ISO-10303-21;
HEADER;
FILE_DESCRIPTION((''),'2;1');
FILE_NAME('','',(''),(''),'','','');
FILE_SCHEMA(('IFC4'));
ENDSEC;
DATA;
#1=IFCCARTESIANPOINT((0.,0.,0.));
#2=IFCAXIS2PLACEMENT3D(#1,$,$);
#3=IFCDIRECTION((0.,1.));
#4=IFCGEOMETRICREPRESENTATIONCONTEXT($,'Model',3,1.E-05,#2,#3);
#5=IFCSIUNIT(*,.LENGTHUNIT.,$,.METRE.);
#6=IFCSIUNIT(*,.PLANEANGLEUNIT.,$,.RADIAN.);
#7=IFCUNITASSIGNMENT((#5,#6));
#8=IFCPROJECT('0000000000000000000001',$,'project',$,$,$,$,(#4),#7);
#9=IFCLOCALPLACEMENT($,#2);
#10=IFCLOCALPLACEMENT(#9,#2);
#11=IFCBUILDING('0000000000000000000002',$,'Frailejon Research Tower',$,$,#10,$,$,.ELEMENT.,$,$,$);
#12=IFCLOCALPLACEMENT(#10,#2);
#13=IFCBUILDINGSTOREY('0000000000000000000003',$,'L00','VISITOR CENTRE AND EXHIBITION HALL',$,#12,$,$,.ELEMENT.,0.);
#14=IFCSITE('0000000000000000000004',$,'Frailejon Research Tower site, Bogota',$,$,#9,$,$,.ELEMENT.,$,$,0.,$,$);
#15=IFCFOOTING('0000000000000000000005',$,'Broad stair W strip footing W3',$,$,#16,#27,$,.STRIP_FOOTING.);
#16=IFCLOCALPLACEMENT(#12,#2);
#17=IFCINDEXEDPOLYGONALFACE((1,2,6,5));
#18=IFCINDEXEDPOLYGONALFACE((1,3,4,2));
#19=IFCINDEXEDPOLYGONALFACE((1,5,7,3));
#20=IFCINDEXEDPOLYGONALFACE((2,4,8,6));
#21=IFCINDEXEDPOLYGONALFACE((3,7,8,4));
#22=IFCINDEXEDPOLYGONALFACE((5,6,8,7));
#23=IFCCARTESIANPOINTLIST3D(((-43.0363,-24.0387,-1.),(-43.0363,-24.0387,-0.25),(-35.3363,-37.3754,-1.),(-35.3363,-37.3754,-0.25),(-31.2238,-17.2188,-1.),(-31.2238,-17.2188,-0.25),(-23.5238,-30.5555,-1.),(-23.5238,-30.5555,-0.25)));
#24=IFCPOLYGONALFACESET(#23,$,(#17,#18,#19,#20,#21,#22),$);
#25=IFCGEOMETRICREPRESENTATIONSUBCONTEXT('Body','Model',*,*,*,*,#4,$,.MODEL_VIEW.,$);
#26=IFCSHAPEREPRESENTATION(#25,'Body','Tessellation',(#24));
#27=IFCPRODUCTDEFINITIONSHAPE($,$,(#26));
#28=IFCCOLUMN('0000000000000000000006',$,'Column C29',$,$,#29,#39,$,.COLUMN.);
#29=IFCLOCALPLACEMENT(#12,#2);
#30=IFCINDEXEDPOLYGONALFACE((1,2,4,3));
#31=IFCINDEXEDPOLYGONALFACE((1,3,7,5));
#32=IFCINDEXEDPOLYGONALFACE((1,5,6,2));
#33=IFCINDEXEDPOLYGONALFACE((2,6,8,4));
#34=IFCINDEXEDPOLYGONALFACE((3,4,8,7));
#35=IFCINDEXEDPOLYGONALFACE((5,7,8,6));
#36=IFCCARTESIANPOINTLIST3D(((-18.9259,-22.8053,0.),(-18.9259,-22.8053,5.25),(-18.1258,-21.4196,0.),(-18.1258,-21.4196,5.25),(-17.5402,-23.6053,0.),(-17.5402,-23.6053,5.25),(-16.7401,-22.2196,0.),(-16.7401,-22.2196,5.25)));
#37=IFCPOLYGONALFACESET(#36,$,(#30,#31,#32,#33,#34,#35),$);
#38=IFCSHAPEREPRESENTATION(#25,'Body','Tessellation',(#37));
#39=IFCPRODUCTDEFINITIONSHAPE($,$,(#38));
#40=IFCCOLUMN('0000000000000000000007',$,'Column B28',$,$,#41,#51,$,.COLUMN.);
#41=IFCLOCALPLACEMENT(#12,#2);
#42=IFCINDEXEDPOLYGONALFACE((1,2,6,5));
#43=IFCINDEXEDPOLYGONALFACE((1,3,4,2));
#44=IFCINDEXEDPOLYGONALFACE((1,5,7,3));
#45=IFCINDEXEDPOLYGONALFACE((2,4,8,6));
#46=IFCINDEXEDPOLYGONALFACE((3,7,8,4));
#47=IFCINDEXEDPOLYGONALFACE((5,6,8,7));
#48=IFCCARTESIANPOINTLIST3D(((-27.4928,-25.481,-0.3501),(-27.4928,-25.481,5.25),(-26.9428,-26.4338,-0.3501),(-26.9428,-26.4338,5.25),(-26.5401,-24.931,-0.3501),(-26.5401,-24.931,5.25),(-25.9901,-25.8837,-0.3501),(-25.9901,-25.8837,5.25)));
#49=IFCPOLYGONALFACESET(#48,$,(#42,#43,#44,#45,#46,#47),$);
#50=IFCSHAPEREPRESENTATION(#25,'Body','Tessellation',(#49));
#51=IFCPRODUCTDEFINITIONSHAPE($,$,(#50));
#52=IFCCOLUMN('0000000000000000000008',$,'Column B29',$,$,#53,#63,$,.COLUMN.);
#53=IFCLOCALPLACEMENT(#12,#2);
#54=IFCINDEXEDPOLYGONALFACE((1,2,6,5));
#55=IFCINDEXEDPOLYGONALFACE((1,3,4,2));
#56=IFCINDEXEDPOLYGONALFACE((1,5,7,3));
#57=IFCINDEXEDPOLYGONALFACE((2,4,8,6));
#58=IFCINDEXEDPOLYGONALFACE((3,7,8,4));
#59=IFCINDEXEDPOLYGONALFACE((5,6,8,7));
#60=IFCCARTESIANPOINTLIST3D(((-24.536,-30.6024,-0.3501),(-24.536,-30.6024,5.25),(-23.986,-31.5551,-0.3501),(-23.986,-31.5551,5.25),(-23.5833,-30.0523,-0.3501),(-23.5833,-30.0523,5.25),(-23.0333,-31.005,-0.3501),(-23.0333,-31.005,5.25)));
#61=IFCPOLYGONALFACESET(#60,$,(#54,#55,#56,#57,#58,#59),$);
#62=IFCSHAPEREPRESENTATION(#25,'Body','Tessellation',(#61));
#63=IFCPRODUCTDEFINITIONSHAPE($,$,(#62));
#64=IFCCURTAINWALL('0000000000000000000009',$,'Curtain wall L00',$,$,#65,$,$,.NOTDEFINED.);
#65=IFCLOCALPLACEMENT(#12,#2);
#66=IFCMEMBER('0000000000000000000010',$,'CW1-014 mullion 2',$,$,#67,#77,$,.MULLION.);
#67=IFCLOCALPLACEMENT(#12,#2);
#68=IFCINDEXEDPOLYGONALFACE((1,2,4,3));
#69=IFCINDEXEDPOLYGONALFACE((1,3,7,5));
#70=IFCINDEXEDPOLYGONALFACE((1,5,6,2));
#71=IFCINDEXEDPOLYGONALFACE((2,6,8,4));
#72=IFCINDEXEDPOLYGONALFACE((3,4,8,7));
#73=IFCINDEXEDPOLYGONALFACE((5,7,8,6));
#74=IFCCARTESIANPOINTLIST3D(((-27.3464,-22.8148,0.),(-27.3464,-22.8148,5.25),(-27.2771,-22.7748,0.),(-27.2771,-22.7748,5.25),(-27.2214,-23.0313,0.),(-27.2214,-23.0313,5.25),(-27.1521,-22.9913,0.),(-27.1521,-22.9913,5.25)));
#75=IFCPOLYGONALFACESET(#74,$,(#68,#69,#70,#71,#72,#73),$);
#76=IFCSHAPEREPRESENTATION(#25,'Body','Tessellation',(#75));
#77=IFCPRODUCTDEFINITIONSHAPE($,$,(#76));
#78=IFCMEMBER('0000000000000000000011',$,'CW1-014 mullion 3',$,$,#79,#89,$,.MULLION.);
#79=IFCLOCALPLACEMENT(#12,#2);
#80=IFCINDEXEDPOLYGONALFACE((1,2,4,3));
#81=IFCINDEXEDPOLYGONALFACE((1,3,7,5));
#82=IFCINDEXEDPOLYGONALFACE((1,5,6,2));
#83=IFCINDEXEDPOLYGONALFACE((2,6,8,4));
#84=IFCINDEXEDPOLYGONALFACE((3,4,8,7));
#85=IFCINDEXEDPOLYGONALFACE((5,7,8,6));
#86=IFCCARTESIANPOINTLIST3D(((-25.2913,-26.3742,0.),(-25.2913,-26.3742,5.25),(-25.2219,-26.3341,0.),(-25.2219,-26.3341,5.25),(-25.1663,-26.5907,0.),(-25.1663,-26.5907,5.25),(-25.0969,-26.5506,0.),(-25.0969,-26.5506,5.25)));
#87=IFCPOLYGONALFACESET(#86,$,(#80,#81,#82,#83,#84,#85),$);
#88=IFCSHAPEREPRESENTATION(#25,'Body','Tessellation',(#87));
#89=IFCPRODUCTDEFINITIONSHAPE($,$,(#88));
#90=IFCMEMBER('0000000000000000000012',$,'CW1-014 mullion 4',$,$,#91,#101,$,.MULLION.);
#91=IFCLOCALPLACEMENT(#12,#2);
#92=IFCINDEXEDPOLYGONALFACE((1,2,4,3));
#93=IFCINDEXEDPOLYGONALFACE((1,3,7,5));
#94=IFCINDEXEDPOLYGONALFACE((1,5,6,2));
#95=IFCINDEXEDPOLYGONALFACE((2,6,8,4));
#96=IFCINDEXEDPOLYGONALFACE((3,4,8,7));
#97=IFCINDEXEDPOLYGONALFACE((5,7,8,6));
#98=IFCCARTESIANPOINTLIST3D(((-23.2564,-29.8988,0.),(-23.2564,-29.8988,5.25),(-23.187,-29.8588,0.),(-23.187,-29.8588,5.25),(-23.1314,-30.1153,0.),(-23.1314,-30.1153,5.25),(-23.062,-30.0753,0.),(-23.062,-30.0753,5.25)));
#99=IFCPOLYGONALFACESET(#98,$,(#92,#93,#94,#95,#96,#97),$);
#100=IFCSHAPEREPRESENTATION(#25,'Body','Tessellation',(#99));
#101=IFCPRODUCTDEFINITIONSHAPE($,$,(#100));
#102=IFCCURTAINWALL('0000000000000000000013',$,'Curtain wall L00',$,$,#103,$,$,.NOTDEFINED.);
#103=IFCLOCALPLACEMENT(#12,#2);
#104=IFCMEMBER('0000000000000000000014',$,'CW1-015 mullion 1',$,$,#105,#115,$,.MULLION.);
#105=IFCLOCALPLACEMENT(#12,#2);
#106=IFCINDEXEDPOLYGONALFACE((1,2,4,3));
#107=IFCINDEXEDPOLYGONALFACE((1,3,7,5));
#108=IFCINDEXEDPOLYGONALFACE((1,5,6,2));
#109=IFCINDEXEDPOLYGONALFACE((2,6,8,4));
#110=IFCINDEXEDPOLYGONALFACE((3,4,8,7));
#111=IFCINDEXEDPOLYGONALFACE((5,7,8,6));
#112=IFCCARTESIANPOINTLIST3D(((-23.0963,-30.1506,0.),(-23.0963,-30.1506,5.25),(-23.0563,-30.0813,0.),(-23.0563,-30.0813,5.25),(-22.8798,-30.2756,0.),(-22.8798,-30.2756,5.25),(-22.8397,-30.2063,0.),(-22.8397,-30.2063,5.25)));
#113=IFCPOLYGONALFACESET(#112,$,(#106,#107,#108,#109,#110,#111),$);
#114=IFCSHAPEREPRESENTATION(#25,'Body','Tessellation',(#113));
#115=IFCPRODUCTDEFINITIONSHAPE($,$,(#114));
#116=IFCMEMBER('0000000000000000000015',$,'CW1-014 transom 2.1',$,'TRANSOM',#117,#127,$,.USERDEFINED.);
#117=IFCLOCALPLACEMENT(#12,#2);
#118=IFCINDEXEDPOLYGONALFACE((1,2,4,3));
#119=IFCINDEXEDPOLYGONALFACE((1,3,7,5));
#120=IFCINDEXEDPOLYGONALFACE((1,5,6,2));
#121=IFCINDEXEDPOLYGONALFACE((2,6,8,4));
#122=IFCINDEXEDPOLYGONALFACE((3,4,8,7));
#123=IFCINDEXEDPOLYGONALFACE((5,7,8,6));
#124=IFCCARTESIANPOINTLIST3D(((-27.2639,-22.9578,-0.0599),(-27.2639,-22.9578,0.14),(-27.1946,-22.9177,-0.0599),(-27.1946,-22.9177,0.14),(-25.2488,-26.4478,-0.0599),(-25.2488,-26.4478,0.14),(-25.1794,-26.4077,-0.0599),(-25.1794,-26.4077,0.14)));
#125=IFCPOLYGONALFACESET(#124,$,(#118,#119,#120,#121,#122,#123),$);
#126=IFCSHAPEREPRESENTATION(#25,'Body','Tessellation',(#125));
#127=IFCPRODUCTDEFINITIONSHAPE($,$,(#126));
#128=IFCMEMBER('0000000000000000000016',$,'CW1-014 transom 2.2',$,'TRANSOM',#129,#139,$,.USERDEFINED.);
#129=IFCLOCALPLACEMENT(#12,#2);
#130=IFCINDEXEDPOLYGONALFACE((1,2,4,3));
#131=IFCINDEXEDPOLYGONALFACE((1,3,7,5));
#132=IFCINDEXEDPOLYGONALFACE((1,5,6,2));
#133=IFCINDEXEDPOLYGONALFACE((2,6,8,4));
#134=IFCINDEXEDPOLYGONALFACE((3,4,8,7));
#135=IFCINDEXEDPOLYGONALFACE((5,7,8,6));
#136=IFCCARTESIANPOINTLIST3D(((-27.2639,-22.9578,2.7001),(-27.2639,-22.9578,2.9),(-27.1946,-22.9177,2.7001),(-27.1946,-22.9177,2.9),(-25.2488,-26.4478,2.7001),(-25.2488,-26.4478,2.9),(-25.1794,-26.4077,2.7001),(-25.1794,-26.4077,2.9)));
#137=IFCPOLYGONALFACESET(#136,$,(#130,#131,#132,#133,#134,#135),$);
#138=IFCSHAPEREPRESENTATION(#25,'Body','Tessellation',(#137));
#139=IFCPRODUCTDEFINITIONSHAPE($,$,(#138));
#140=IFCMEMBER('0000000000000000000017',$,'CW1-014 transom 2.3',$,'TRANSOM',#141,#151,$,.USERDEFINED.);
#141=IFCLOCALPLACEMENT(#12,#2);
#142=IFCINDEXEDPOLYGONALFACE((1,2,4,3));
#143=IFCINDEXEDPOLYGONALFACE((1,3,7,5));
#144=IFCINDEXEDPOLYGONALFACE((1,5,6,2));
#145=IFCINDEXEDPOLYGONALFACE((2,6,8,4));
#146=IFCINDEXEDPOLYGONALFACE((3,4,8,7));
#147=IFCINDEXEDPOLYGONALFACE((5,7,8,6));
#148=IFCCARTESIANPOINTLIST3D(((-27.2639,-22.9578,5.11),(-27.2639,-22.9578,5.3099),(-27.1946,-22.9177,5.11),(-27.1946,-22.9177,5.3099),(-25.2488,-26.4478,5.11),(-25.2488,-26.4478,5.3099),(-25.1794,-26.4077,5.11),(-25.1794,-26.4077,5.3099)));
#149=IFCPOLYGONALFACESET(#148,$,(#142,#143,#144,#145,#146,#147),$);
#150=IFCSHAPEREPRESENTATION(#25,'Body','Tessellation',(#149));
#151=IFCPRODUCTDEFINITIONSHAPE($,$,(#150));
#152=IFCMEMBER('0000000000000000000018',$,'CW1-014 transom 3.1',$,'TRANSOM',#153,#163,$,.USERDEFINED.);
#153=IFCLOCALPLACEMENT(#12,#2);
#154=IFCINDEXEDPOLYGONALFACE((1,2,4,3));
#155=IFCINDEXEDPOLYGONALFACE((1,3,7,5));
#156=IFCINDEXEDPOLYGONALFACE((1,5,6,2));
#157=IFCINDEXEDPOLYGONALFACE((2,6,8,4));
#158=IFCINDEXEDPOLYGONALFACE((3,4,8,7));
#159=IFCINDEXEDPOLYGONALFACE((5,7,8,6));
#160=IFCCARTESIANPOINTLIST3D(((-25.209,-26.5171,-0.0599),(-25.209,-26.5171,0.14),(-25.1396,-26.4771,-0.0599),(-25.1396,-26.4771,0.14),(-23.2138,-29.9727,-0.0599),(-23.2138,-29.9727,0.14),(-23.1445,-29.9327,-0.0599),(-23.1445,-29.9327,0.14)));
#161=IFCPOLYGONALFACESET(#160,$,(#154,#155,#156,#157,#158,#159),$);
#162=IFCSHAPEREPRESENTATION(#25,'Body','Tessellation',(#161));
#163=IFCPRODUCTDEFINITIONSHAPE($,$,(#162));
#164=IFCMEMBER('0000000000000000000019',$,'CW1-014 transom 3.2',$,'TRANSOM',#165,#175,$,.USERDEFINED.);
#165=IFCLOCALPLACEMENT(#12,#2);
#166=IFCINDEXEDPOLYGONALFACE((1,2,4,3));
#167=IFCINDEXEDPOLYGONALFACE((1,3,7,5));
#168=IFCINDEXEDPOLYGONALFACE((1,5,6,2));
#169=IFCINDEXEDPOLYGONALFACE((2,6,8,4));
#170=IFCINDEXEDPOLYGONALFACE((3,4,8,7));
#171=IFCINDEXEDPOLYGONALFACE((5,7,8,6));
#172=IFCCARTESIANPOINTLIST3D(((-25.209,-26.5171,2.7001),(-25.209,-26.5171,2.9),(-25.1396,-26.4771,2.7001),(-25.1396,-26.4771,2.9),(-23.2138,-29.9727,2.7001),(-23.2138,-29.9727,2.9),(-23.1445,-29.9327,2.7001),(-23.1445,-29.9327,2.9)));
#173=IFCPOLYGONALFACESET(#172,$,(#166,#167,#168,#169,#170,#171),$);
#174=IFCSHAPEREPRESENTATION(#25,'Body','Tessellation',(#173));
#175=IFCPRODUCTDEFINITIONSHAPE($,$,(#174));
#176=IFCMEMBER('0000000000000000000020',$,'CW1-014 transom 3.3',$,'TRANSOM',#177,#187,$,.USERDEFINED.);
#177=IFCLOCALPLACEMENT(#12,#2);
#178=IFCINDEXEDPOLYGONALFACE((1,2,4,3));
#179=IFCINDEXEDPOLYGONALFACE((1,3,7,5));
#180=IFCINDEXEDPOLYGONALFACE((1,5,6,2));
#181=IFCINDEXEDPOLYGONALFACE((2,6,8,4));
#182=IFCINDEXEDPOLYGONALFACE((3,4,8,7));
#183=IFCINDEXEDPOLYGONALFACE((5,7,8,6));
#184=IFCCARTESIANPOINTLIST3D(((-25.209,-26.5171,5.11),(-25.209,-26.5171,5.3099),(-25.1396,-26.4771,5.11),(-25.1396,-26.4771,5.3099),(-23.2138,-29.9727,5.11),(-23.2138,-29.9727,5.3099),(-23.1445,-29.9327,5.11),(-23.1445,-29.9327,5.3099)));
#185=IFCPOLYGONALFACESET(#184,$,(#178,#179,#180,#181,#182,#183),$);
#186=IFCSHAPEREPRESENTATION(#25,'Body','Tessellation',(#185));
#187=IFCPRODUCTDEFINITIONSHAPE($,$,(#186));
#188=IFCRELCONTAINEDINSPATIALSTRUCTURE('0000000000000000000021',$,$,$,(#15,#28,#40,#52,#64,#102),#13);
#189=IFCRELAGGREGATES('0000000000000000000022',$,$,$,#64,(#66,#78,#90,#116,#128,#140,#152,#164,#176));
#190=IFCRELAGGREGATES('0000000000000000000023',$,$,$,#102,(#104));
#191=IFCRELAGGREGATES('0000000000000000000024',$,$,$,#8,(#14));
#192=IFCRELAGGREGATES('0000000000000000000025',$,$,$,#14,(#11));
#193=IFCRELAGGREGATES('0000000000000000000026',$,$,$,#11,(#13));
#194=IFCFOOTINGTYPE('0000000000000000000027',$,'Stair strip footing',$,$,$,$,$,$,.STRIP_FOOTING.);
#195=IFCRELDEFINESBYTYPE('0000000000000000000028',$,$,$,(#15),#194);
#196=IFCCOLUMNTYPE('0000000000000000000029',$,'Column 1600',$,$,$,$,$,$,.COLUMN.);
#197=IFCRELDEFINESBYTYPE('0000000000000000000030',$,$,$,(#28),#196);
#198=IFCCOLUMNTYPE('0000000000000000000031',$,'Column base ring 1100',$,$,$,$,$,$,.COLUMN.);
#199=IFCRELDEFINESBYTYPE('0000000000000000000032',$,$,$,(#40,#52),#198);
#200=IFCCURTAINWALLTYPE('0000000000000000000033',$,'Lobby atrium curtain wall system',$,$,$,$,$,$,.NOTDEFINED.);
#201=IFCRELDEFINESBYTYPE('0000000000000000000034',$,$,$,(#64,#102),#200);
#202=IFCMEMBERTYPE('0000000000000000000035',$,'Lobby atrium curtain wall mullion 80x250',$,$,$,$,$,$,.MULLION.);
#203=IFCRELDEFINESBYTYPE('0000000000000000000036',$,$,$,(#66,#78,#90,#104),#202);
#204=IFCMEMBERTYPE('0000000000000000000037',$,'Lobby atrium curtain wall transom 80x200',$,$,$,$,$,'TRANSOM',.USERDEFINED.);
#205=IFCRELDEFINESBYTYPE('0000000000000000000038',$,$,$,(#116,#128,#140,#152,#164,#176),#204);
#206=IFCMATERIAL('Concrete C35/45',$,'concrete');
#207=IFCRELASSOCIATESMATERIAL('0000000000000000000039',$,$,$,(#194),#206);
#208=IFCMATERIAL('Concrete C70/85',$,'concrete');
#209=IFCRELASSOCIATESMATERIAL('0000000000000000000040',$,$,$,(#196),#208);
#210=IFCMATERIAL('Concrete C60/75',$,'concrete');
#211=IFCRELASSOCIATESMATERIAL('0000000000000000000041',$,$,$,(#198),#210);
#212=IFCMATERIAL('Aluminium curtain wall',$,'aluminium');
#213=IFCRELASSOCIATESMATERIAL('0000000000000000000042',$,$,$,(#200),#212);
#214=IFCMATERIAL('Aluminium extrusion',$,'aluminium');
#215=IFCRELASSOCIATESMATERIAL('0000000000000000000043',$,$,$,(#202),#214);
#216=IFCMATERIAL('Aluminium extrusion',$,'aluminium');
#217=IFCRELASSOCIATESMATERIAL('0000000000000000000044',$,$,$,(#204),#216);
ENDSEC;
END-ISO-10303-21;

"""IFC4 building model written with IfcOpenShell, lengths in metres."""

from ifc_helpers import new_model, si_unit, direction, frame, origin, origin_2d, place, context, subcontext, project, spatial, rectangle, extrude, material, material_profile, profile_set, type_object, element, aggregate, save


model = new_model("IFC4")

# Units and contexts
model_context = context("Model", 3, precision=1e-05, world=origin(), true_north=direction((0.0, 1.0)))
body_context = subcontext(model_context, "Body", "Model", "MODEL_VIEW")
ifc_project = project(units=[si_unit("LENGTHUNIT", "METRE"), si_unit("PLANEANGLEUNIT", "RADIAN")], contexts=[model_context])

# Site, building, storey
site_placement = place(None, origin())
site = spatial("IfcSite", under=ifc_project, at=site_placement, Name="Frailejon Research Tower site, Bogota", CompositionType="ELEMENT", RefElevation=0.0)
building_placement = place(site_placement, origin())
building = spatial("IfcBuilding", under=site, at=building_placement, Name="Frailejon Research Tower", CompositionType="ELEMENT")
storey_placement = place(building_placement, origin())
storey = spatial("IfcBuildingStorey", under=building, at=storey_placement, Name="L00", Description="VISITOR CENTRE AND EXHIBITION HALL", CompositionType="ELEMENT", Elevation=0.0)

# Footing
ifc_material_1 = material(Name="Concrete C35/45", Category="concrete")
footing_type = type_object("IfcFootingType", Name="Stair strip footing", PredefinedType="STRIP_FOOTING", material=ifc_material_1)
footing_placement = place(storey_placement, frame((-33.28, -27.2971, -1.0), z_axis=(0.0, 0.0, 1.0), x_axis=(0.5, -0.866025, 0.0)))
element("IfcFooting", 1, at=footing_placement, inside=storey, type_object=footing_type, Name="Broad stair W strip footing W3", PredefinedType="STRIP_FOOTING", context=body_context, shape_type="SweptSolid", body=[
    extrude(rectangle(XDim=15.3999, YDim=13.6399, at=origin_2d()), origin(), (0.0, 0.0, 1.0), 0.75),
])

# Columns
ifc_material_2 = material(Name="Concrete C70/85", Category="concrete")
ifc_material_profile_1 = material_profile(ifc_material_2, rectangle(XDim=1.6001, YDim=1.6001, at=origin_2d()), Name="Column 1600")
ifc_profile_set_1 = profile_set([ifc_material_profile_1], Name="Concrete C70/85")
column_type_1 = type_object("IfcColumnType", Name="Column 1600", PredefinedType="COLUMN", material=ifc_profile_set_1)
column_placement = place(storey_placement, frame((-17.833, -22.5125, 0.0), z_axis=(0.0, 0.0, 1.0), x_axis=(0.866025, -0.5, 0.0)))
element("IfcColumn", 2, at=column_placement, inside=storey, type_object=column_type_1, Name="Column C29", PredefinedType="COLUMN", context=body_context, shape_type="SweptSolid", body=[
    extrude(rectangle(XDim=1.6001, YDim=1.6001, at=origin_2d()), origin(), (0.0, 0.0, 1.0), 5.25),
])
ifc_material_3 = material(Name="Concrete C60/75", Category="concrete")
ifc_material_profile_2 = material_profile(ifc_material_3, rectangle(XDim=1.1001, YDim=1.1001, at=origin_2d()), Name="Column base ring 1100")
ifc_profile_set_2 = profile_set([ifc_material_profile_2], Name="Concrete C60/75")
column_type_2 = type_object("IfcColumnType", Name="Column base ring 1100", PredefinedType="COLUMN", material=ifc_profile_set_2)
for number, where, z_axis, x_axis, name in (
    (3, (-26.7415, -25.6824, -0.3501), (0.0, 0.0, 1.0), (0.5, -0.866025, 0.0), "Column B28"),
    (4, (-23.7847, -30.8037, -0.3501), (0.0, 0.0, 1.0), (0.5, -0.866025, 0.0), "Column B29"),
):
    element("IfcColumn", number, at=place(storey_placement, frame(where, z_axis=z_axis, x_axis=x_axis)), inside=storey, type_object=column_type_2, Name=name, PredefinedType="COLUMN", context=body_context, shape_type="SweptSolid", body=[
        extrude(rectangle(XDim=1.1001, YDim=1.1001, at=origin_2d()), origin(), (0.0, 0.0, 1.0), 5.6001),
    ])

# Curtain wall, members
ifc_material_4 = material(Name="Aluminium curtain wall", Category="aluminium")
curtain_wall_type = type_object("IfcCurtainWallType", Name="Lobby atrium curtain wall system", PredefinedType="NOTDEFINED", material=ifc_material_4)
curtain_wall_1_placement = place(storey_placement, origin())
curtain_wall_1 = element("IfcCurtainWall", 5, at=curtain_wall_1_placement, inside=storey, type_object=curtain_wall_type, Name="Curtain wall L00", PredefinedType="NOTDEFINED")
ifc_material_5 = material(Name="Aluminium extrusion", Category="aluminium")
ifc_material_profile_3 = material_profile(ifc_material_5, rectangle(XDim=0.0801, YDim=0.25, at=origin_2d()), Name="Lobby atrium curtain wall mullion 80x250")
ifc_profile_set_3 = profile_set([ifc_material_profile_3], Name="Aluminium extrusion")
member_type_1 = type_object("IfcMemberType", Name="Lobby atrium curtain wall mullion 80x250", PredefinedType="MULLION", material=ifc_profile_set_3)
member_1_placement = place(storey_placement, frame((-27.2493, -22.9031, 0.0), z_axis=(0.0, 0.0, 1.0), x_axis=(0.866026, 0.5, 0.0)))
member_1 = element("IfcMember", 6, at=member_1_placement, type_object=member_type_1, Name="CW1-014 mullion 2", PredefinedType="MULLION", context=body_context, shape_type="SweptSolid", body=[
    extrude(rectangle(XDim=0.0801, YDim=0.25, at=origin_2d()), origin(), (0.0, 0.0, 1.0), 5.25),
])
member_2_placement = place(storey_placement, frame((-25.1941, -26.4624, 0.0), z_axis=(0.0, 0.0, 1.0), x_axis=(0.866026, 0.5, 0.0)))
member_2 = element("IfcMember", 7, at=member_2_placement, type_object=member_type_1, Name="CW1-014 mullion 3", PredefinedType="MULLION", context=body_context, shape_type="SweptSolid", body=[
    extrude(rectangle(XDim=0.0801, YDim=0.25, at=origin_2d()), origin(), (0.0, 0.0, 1.0), 5.25),
])
member_3_placement = place(storey_placement, frame((-23.1592, -29.9871, 0.0), z_axis=(0.0, 0.0, 1.0), x_axis=(0.866026, 0.5, 0.0)))
member_3 = element("IfcMember", 8, at=member_3_placement, type_object=member_type_1, Name="CW1-014 mullion 4", PredefinedType="MULLION", context=body_context, shape_type="SweptSolid", body=[
    extrude(rectangle(XDim=0.0801, YDim=0.25, at=origin_2d()), origin(), (0.0, 0.0, 1.0), 5.25),
])

# Curtain wall, member
curtain_wall_2_placement = place(storey_placement, origin())
curtain_wall_2 = element("IfcCurtainWall", 9, at=curtain_wall_2_placement, inside=storey, type_object=curtain_wall_type, Name="Curtain wall L00", PredefinedType="NOTDEFINED")
member_4_placement = place(storey_placement, frame((-22.968, -30.1785, 0.0), z_axis=(0.0, 0.0, 1.0), x_axis=(0.5, 0.866025, 0.0)))
member_4 = element("IfcMember", 10, at=member_4_placement, type_object=member_type_1, Name="CW1-015 mullion 1", PredefinedType="MULLION", context=body_context, shape_type="SweptSolid", body=[
    extrude(rectangle(XDim=0.0801, YDim=0.25, at=origin_2d()), origin(), (0.0, 0.0, 1.0), 5.25),
])

# Members
ifc_material_6 = material(Name="Aluminium extrusion", Category="aluminium")
ifc_material_profile_4 = material_profile(ifc_material_6, rectangle(XDim=0.0801, YDim=0.2, at=origin_2d()), Name="Lobby atrium curtain wall transom 80x200")
ifc_profile_set_4 = profile_set([ifc_material_profile_4], Name="Aluminium extrusion")
member_type_2 = type_object("IfcMemberType", Name="Lobby atrium curtain wall transom 80x200", ElementType="TRANSOM", PredefinedType="USERDEFINED", material=ifc_profile_set_4)
member_5_placement = place(storey_placement, frame((-27.2292, -22.9377, 0.04), z_axis=(0.500035, -0.866005, 0.0), x_axis=(0.866005, 0.500035, 0.0)))
member_5 = element("IfcMember", 11, at=member_5_placement, type_object=member_type_2, Name="CW1-014 transom 2.1", ObjectType="TRANSOM", PredefinedType="USERDEFINED", context=body_context, shape_type="SweptSolid", body=[
    extrude(rectangle(XDim=0.0801, YDim=0.2, at=origin_2d()), origin(), (0.0, 0.0, 1.0), 4.03),
])
member_6_placement = place(storey_placement, frame((-27.2292, -22.9377, 2.8), z_axis=(0.500035, -0.866005, 0.0), x_axis=(0.866005, 0.500035, 0.0)))
member_6 = element("IfcMember", 12, at=member_6_placement, type_object=member_type_2, Name="CW1-014 transom 2.2", ObjectType="TRANSOM", PredefinedType="USERDEFINED", context=body_context, shape_type="SweptSolid", body=[
    extrude(rectangle(XDim=0.0801, YDim=0.2, at=origin_2d()), origin(), (0.0, 0.0, 1.0), 4.03),
])
member_7_placement = place(storey_placement, frame((-27.2292, -22.9377, 5.21), z_axis=(0.500035, -0.866005, 0.0), x_axis=(0.866005, 0.500035, 0.0)))
member_7 = element("IfcMember", 13, at=member_7_placement, type_object=member_type_2, Name="CW1-014 transom 2.3", ObjectType="TRANSOM", PredefinedType="USERDEFINED", context=body_context, shape_type="SweptSolid", body=[
    extrude(rectangle(XDim=0.0801, YDim=0.2, at=origin_2d()), origin(), (0.0, 0.0, 1.0), 4.03),
])
member_8_placement = place(storey_placement, frame((-25.1743, -26.4971, 0.04), z_axis=(0.500008, -0.866021, 0.0), x_axis=(0.866021, 0.500008, 0.0)))
member_8 = element("IfcMember", 14, at=member_8_placement, type_object=member_type_2, Name="CW1-014 transom 3.1", ObjectType="TRANSOM", PredefinedType="USERDEFINED", context=body_context, shape_type="SweptSolid", body=[
    extrude(rectangle(XDim=0.0801, YDim=0.2, at=origin_2d()), origin(), (0.0, 0.0, 1.0), 3.9902),
])
member_9_placement = place(storey_placement, frame((-25.1743, -26.4971, 2.8), z_axis=(0.500008, -0.866021, 0.0), x_axis=(0.866021, 0.500008, 0.0)))
member_9 = element("IfcMember", 15, at=member_9_placement, type_object=member_type_2, Name="CW1-014 transom 3.2", ObjectType="TRANSOM", PredefinedType="USERDEFINED", context=body_context, shape_type="SweptSolid", body=[
    extrude(rectangle(XDim=0.0801, YDim=0.2, at=origin_2d()), origin(), (0.0, 0.0, 1.0), 3.9902),
])
member_10_placement = place(storey_placement, frame((-25.1743, -26.4971, 5.21), z_axis=(0.500008, -0.866021, 0.0), x_axis=(0.866021, 0.500008, 0.0)))
member_10 = element("IfcMember", 16, at=member_10_placement, type_object=member_type_2, Name="CW1-014 transom 3.3", ObjectType="TRANSOM", PredefinedType="USERDEFINED", context=body_context, shape_type="SweptSolid", body=[
    extrude(rectangle(XDim=0.0801, YDim=0.2, at=origin_2d()), origin(), (0.0, 0.0, 1.0), 3.9902),
])

aggregate(curtain_wall_1, [member_1, member_2, member_3, member_5, member_6, member_7, member_8, member_9, member_10])
aggregate(curtain_wall_2, [member_4])

save(model, "model.ifc")
